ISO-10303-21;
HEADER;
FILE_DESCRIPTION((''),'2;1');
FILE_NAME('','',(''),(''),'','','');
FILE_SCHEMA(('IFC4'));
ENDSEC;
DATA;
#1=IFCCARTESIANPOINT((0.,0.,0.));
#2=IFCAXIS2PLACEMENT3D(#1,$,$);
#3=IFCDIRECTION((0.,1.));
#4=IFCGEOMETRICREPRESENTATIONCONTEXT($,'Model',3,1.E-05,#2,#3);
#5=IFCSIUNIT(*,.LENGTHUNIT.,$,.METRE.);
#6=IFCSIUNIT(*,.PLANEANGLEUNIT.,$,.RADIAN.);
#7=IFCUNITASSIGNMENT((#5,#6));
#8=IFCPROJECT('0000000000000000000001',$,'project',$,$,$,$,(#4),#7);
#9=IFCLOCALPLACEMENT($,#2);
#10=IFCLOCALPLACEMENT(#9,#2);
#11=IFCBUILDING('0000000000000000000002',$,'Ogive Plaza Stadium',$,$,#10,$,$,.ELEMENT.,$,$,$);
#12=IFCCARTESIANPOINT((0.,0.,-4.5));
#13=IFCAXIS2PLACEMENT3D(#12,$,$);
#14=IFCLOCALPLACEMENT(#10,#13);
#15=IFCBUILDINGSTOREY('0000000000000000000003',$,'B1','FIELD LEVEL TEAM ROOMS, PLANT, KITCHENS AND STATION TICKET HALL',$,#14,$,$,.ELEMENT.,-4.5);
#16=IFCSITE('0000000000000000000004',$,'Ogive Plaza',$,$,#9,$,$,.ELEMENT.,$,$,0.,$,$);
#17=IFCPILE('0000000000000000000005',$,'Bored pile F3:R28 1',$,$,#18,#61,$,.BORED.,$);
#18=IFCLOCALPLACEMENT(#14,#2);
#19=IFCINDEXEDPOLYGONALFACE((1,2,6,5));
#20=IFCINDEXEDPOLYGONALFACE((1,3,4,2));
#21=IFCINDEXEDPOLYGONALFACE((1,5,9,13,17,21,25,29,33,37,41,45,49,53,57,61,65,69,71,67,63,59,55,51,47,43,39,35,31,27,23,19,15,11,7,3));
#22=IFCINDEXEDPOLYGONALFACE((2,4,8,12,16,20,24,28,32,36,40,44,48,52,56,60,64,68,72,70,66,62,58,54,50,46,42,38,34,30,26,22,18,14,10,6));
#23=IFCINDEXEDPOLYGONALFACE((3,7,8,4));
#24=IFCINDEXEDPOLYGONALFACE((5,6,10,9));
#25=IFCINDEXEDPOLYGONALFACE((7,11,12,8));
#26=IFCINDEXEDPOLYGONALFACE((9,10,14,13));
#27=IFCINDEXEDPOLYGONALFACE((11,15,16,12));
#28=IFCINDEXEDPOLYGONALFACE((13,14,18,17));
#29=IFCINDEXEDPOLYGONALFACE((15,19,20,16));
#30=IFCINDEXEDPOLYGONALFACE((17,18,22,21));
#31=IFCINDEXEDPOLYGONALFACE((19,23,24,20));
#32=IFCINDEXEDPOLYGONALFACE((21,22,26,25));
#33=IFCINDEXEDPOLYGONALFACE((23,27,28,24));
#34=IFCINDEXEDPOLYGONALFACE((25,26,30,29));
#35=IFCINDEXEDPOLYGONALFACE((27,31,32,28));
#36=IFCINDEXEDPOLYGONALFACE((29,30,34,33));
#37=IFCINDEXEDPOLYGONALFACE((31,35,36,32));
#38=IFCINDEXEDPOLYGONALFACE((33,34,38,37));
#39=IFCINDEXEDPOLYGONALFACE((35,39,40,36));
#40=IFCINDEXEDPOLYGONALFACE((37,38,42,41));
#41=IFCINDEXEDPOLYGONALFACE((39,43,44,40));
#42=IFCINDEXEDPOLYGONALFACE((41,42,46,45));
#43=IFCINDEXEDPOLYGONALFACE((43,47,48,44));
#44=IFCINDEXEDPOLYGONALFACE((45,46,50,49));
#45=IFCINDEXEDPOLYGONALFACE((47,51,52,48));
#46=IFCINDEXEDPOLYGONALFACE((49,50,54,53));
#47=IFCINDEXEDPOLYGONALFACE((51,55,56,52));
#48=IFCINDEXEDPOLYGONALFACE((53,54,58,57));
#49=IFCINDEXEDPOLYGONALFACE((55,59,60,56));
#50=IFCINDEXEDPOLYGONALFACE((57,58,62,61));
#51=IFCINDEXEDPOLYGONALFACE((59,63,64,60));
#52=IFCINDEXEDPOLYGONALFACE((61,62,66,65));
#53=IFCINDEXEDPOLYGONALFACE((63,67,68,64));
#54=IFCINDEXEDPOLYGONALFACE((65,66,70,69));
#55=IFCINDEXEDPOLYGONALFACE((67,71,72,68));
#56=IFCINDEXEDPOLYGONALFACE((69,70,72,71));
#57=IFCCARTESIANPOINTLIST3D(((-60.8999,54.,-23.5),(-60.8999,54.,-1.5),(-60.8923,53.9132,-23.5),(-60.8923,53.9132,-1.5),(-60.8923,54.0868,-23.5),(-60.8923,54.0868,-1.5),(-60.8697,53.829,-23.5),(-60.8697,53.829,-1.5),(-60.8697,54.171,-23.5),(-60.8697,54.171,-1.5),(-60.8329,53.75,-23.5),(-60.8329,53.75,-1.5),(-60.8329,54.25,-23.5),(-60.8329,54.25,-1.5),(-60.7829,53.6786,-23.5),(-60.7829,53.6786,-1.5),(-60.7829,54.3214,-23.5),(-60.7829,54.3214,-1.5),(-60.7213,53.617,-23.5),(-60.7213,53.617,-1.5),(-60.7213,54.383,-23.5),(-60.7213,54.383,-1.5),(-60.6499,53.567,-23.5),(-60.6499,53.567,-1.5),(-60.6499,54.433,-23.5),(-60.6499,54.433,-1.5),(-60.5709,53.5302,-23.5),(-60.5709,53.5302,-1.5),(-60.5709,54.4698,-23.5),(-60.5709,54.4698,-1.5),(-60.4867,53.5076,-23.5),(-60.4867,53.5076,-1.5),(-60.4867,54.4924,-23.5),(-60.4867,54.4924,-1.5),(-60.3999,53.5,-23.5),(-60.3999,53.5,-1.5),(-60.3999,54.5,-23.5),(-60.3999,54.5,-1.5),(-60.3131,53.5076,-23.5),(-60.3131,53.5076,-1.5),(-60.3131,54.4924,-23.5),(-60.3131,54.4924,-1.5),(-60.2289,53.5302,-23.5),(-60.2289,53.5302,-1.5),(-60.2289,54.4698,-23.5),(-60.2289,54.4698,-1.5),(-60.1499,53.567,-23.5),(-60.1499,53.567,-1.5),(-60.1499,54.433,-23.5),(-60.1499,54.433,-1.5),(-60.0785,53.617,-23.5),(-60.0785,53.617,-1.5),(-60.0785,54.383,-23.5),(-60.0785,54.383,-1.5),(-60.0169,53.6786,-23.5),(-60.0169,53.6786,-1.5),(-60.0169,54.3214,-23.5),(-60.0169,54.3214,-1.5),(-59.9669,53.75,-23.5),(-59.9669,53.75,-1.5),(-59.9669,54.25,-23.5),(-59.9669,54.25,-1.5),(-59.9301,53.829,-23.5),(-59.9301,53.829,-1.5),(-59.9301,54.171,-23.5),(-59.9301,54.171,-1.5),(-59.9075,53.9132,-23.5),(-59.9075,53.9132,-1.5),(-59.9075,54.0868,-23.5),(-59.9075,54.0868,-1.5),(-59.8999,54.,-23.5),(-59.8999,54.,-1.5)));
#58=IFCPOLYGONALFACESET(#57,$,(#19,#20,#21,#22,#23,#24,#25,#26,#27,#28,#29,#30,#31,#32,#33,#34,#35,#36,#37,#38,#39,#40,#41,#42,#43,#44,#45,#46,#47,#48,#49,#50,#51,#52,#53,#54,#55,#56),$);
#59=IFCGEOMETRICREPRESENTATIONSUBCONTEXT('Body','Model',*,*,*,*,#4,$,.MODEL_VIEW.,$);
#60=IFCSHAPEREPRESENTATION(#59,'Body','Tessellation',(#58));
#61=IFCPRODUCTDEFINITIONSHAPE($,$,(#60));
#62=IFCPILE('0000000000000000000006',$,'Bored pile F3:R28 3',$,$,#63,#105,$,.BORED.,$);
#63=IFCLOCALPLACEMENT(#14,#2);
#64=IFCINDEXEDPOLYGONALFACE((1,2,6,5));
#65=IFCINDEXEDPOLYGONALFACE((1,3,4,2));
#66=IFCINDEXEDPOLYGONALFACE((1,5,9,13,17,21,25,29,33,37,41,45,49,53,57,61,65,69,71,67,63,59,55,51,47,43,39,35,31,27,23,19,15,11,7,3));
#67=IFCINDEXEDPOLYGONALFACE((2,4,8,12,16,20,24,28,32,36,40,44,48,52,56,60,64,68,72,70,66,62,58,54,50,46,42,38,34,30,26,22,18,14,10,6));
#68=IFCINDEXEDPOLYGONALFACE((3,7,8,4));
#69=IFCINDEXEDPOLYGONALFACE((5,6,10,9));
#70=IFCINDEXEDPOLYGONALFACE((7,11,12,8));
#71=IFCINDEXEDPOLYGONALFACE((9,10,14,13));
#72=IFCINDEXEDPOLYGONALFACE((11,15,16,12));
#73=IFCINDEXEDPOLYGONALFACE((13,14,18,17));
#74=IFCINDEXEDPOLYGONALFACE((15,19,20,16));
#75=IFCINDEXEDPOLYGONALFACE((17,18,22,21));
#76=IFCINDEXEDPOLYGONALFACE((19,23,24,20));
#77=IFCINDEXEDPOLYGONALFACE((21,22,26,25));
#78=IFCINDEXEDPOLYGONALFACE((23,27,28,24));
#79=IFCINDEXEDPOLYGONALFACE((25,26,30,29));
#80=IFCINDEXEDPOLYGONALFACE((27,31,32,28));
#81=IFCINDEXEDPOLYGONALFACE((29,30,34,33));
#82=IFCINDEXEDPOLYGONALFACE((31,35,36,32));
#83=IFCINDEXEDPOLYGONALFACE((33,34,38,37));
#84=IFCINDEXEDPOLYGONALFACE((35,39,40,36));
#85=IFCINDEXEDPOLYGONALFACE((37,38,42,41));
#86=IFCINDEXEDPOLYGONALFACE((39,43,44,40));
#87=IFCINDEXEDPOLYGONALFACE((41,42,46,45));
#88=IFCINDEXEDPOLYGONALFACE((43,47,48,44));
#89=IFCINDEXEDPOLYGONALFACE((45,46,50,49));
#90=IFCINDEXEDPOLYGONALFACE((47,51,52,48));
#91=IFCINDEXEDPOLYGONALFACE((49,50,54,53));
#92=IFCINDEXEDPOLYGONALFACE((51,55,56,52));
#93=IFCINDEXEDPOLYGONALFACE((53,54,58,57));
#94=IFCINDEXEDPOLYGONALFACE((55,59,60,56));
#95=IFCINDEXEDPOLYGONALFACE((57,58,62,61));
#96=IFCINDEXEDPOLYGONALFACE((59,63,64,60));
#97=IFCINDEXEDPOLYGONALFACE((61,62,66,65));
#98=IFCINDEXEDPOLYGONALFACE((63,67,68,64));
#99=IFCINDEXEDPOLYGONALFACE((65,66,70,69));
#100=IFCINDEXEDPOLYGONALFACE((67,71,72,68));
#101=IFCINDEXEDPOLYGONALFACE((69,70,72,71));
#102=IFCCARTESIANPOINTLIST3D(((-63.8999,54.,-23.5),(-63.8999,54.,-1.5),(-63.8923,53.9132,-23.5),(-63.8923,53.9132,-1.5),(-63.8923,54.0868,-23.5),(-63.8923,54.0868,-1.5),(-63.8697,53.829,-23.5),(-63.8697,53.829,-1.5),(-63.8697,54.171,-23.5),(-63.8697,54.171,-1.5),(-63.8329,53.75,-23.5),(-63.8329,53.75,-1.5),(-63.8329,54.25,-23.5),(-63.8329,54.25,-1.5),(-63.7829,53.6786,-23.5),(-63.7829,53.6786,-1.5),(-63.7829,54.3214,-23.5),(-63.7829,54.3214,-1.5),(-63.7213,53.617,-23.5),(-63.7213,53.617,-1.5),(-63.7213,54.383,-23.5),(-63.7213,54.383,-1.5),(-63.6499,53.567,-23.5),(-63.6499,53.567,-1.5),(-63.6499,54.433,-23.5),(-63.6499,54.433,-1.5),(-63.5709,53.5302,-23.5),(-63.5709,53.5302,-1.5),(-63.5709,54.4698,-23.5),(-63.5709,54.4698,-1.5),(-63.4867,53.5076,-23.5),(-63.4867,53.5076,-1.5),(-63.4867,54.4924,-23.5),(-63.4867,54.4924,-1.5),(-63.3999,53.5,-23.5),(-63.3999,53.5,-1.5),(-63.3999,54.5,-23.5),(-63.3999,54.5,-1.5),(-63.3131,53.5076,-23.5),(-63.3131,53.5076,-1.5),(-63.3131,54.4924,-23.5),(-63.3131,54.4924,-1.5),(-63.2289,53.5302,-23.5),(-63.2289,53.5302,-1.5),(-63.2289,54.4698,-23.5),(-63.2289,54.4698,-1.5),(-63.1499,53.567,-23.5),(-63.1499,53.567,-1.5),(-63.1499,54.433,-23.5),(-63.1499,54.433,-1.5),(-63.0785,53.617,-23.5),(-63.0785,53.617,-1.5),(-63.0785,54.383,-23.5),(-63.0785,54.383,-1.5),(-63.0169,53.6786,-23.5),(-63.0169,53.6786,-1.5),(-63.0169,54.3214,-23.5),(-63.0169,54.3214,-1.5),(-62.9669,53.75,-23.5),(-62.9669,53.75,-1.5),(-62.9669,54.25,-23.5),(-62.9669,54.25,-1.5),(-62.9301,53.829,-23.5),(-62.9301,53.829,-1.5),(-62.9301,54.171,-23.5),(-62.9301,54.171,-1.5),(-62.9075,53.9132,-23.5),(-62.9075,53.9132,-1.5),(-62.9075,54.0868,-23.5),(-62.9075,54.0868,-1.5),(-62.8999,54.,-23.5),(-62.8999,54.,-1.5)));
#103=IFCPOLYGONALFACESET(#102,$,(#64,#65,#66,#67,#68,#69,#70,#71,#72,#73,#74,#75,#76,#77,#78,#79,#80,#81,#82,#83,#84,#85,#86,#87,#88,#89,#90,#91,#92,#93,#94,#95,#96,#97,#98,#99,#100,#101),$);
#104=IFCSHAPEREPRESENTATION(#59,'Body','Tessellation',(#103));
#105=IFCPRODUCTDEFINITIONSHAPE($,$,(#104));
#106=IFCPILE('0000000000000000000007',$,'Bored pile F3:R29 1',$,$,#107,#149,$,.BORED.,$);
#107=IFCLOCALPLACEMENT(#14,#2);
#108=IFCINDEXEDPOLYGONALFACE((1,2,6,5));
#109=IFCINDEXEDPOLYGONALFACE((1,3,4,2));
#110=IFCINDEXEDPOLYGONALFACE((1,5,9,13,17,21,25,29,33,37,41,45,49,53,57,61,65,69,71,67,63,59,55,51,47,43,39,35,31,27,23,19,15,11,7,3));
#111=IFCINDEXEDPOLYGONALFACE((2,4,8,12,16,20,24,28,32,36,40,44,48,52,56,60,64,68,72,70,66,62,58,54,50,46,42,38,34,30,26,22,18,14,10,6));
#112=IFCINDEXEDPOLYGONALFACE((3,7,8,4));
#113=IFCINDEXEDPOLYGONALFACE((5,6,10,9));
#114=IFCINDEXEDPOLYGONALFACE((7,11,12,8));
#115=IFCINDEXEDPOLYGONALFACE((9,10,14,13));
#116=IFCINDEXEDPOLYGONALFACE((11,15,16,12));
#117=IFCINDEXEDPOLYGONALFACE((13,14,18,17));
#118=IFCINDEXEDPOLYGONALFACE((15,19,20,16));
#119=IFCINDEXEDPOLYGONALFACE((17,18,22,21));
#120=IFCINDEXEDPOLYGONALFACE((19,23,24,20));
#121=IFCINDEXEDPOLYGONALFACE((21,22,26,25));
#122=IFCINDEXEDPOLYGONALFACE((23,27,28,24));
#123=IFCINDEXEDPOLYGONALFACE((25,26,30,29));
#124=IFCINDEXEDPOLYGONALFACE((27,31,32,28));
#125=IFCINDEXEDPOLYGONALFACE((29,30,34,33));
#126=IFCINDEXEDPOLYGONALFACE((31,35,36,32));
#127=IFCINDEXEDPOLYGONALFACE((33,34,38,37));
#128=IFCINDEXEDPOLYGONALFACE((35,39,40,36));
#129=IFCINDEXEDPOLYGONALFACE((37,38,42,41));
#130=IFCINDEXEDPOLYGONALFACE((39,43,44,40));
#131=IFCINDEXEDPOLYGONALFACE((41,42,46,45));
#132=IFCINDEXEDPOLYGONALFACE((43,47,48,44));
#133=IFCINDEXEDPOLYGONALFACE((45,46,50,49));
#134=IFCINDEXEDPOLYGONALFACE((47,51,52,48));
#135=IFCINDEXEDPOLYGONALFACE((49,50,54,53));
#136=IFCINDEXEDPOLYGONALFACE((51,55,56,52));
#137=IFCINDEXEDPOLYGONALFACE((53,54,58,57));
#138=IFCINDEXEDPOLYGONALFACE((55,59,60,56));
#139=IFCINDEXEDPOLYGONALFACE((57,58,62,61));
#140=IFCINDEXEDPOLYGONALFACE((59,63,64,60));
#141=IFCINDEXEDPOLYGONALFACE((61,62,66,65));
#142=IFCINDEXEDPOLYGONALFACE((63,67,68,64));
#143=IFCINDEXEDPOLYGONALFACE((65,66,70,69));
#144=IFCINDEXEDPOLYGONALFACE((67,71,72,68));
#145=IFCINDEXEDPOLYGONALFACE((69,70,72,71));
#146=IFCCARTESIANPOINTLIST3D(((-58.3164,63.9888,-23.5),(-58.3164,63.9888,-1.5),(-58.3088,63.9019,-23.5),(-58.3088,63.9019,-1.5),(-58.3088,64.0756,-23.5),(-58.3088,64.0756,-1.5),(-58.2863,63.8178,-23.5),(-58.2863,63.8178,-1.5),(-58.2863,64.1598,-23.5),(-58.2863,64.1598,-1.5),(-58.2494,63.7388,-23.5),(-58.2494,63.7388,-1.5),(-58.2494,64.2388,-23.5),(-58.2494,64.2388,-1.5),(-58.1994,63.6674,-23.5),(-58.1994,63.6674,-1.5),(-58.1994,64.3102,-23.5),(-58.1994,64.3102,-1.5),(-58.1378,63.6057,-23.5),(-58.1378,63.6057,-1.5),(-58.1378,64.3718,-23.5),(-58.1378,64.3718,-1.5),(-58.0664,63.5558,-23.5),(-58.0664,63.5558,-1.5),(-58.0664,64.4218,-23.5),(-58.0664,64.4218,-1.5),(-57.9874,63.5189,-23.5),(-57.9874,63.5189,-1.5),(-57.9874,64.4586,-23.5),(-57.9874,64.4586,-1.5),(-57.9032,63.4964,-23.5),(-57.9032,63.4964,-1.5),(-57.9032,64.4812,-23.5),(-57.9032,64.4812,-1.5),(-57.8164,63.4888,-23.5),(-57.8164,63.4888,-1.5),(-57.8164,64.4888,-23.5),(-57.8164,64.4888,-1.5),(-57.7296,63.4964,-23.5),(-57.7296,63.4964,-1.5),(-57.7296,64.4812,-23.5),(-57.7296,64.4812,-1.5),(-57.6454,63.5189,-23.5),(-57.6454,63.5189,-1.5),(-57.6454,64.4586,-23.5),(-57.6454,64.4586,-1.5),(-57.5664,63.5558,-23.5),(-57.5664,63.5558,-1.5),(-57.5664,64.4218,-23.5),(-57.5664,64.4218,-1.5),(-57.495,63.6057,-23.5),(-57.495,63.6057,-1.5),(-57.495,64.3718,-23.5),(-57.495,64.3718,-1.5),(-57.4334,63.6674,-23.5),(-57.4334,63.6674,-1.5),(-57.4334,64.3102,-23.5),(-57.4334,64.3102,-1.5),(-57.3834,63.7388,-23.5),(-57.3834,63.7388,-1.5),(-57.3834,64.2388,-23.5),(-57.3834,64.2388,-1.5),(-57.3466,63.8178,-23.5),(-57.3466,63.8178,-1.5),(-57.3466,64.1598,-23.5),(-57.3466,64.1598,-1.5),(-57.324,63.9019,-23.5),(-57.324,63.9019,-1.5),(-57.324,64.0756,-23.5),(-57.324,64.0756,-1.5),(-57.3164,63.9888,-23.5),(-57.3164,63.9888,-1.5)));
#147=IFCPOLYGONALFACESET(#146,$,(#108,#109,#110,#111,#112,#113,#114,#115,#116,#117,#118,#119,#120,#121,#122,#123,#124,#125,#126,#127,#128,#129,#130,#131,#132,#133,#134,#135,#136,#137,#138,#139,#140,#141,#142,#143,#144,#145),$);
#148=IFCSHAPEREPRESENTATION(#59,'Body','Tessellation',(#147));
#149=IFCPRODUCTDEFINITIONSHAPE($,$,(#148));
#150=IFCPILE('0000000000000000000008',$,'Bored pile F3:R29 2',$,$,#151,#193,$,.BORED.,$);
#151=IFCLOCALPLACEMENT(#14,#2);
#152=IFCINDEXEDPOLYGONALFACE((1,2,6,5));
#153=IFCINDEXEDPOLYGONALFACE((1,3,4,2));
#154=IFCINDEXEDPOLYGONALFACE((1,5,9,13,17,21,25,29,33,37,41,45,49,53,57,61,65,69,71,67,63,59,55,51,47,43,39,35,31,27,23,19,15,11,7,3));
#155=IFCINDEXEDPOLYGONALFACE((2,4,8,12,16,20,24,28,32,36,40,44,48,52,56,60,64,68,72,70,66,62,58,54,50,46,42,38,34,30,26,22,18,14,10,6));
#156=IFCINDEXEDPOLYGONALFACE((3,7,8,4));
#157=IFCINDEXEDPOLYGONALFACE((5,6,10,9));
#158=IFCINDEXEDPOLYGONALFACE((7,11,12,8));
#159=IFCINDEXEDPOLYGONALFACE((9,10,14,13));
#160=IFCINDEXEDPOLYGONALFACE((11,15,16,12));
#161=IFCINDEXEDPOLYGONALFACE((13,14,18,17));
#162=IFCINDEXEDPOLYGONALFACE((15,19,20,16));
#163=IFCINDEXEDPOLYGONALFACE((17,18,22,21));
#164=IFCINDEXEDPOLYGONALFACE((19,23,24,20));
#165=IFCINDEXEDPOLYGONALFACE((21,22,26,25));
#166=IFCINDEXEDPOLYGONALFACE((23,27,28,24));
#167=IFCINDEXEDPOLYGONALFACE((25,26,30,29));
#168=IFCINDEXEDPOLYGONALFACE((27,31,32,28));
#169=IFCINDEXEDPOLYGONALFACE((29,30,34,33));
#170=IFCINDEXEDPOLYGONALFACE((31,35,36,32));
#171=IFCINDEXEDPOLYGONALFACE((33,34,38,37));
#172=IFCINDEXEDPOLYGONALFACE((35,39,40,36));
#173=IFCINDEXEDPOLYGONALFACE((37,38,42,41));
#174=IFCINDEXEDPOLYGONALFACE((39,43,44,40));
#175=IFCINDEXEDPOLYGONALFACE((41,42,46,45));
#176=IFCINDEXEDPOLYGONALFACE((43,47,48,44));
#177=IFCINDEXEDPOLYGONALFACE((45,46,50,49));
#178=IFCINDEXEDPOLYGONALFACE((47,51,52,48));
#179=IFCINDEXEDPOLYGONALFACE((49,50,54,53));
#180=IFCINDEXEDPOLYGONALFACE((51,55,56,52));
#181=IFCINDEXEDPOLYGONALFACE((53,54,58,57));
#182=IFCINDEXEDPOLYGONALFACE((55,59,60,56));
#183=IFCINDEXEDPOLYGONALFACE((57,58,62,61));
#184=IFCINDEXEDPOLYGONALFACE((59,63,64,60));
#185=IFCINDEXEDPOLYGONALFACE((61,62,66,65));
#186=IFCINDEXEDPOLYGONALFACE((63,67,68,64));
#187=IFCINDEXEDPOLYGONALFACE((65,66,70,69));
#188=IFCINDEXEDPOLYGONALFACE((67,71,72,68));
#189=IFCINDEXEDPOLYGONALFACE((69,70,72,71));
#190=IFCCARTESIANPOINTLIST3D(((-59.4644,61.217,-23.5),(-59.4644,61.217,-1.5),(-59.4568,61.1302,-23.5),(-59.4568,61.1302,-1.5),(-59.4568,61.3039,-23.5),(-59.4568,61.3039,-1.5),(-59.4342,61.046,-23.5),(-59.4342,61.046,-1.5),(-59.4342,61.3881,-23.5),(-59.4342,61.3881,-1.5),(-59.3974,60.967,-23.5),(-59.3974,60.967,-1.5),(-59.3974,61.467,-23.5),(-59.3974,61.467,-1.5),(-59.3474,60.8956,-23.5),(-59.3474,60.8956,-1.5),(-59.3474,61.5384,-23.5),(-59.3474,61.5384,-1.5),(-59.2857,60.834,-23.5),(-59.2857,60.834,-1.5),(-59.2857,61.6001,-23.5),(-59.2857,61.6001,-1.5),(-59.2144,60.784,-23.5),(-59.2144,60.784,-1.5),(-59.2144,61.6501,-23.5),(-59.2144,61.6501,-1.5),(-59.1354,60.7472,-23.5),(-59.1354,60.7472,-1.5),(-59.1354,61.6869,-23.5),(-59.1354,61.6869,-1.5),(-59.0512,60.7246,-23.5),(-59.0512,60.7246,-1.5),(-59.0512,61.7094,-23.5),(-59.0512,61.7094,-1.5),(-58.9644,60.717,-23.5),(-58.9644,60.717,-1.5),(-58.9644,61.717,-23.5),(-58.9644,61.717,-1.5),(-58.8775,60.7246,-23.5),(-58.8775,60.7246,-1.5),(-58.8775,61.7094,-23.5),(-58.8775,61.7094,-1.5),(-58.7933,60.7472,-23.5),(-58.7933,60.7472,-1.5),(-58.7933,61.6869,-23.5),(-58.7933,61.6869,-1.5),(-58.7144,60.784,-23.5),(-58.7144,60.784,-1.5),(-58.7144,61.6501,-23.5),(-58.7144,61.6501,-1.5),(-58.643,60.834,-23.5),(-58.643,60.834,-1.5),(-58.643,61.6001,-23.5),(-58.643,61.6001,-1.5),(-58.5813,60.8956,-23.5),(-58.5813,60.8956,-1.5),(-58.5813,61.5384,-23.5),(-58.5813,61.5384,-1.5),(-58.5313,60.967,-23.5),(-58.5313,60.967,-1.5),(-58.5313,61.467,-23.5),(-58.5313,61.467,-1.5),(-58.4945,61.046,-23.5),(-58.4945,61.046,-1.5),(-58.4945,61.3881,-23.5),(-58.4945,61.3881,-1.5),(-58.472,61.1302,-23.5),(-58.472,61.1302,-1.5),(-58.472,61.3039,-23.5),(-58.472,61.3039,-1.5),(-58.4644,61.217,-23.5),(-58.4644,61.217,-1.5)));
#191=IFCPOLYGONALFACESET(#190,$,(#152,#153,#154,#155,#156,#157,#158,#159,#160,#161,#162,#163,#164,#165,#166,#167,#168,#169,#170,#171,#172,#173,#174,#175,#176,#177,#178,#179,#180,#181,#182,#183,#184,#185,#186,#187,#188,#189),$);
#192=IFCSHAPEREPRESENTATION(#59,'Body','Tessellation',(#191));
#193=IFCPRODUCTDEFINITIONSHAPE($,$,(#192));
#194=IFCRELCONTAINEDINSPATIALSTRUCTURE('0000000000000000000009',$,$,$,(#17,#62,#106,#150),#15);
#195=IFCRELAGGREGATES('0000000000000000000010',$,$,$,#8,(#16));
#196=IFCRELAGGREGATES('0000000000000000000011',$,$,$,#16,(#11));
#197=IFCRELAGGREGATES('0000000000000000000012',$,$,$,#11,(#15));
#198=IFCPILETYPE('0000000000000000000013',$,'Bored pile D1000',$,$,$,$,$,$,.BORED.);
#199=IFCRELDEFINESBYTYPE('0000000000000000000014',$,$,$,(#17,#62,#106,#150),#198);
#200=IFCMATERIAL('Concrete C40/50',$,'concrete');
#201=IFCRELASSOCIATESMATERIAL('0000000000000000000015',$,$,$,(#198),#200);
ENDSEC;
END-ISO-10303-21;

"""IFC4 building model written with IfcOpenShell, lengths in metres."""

from ifc_helpers import new_model, si_unit, direction, frame, origin, origin_2d, place, context, subcontext, project, spatial, circle, extrude, material, material_profile, profile_set, type_object, element, save


model = new_model("IFC4")

# Units and contexts
model_context = context("Model", 3, precision=1e-05, world=origin(), true_north=direction((0.0, 1.0)))
body_context = subcontext(model_context, "Body", "Model", "MODEL_VIEW")
ifc_project = project(units=[si_unit("LENGTHUNIT", "METRE"), si_unit("PLANEANGLEUNIT", "RADIAN")], contexts=[model_context])

# Site, building, storey
site_placement = place(None, origin())
site = spatial("IfcSite", under=ifc_project, at=site_placement, Name="Ogive Plaza", CompositionType="ELEMENT", RefElevation=0.0)
building_placement = place(site_placement, origin())
building = spatial("IfcBuilding", under=site, at=building_placement, Name="Ogive Plaza Stadium", CompositionType="ELEMENT")
storey_placement = place(building_placement, frame((0.0, 0.0, -4.5)))
storey = spatial("IfcBuildingStorey", under=building, at=storey_placement, Name="B1", Description="FIELD LEVEL TEAM ROOMS, PLANT, KITCHENS AND STATION TICKET HALL", CompositionType="ELEMENT", Elevation=-4.5)

# Piles
ifc_material_1 = material(Name="Concrete C40/50", Category="concrete")
ifc_material_profile_1 = material_profile(ifc_material_1, circle(Radius=0.5, at=origin_2d()), Name="RC D1000")
ifc_profile_set_1 = profile_set([ifc_material_profile_1], Name="Concrete C40/50")
pile_type_1 = type_object("IfcPileType", Name="Bored pile D1000", PredefinedType="BORED", material=ifc_profile_set_1)
for number, where, z_axis, x_axis, name in (
    (1, (-60.3999, 54.0, -1.5), (0.0, 0.0, -1.0), (1.0, 0.0, 0.0), "Bored pile F3:R28 1"),
    (2, (-63.3999, 54.0, -1.5), (0.0, 0.0, -1.0), (1.0, 0.0, 0.0), "Bored pile F3:R28 3"),
    (3, (-57.8164, 63.9888, -1.5), (0.0, 0.0, -1.0), (1.0, 0.0, 0.0), "Bored pile F3:R29 1"),
    (4, (-58.9644, 61.217, -1.5), (0.0, 0.0, -1.0), (1.0, 0.0, 0.0), "Bored pile F3:R29 2"),
):
    element("IfcPile", number, at=place(storey_placement, frame(where, z_axis=z_axis, x_axis=x_axis)), inside=storey, type_object=pile_type_1, Name=name, PredefinedType="BORED", context=body_context, shape_type="SweptSolid", body=[
        extrude(circle(Radius=0.5, at=origin_2d()), origin(), (0.0, 0.0, 1.0), 22.0),
    ])

save(model, "model.ifc")
